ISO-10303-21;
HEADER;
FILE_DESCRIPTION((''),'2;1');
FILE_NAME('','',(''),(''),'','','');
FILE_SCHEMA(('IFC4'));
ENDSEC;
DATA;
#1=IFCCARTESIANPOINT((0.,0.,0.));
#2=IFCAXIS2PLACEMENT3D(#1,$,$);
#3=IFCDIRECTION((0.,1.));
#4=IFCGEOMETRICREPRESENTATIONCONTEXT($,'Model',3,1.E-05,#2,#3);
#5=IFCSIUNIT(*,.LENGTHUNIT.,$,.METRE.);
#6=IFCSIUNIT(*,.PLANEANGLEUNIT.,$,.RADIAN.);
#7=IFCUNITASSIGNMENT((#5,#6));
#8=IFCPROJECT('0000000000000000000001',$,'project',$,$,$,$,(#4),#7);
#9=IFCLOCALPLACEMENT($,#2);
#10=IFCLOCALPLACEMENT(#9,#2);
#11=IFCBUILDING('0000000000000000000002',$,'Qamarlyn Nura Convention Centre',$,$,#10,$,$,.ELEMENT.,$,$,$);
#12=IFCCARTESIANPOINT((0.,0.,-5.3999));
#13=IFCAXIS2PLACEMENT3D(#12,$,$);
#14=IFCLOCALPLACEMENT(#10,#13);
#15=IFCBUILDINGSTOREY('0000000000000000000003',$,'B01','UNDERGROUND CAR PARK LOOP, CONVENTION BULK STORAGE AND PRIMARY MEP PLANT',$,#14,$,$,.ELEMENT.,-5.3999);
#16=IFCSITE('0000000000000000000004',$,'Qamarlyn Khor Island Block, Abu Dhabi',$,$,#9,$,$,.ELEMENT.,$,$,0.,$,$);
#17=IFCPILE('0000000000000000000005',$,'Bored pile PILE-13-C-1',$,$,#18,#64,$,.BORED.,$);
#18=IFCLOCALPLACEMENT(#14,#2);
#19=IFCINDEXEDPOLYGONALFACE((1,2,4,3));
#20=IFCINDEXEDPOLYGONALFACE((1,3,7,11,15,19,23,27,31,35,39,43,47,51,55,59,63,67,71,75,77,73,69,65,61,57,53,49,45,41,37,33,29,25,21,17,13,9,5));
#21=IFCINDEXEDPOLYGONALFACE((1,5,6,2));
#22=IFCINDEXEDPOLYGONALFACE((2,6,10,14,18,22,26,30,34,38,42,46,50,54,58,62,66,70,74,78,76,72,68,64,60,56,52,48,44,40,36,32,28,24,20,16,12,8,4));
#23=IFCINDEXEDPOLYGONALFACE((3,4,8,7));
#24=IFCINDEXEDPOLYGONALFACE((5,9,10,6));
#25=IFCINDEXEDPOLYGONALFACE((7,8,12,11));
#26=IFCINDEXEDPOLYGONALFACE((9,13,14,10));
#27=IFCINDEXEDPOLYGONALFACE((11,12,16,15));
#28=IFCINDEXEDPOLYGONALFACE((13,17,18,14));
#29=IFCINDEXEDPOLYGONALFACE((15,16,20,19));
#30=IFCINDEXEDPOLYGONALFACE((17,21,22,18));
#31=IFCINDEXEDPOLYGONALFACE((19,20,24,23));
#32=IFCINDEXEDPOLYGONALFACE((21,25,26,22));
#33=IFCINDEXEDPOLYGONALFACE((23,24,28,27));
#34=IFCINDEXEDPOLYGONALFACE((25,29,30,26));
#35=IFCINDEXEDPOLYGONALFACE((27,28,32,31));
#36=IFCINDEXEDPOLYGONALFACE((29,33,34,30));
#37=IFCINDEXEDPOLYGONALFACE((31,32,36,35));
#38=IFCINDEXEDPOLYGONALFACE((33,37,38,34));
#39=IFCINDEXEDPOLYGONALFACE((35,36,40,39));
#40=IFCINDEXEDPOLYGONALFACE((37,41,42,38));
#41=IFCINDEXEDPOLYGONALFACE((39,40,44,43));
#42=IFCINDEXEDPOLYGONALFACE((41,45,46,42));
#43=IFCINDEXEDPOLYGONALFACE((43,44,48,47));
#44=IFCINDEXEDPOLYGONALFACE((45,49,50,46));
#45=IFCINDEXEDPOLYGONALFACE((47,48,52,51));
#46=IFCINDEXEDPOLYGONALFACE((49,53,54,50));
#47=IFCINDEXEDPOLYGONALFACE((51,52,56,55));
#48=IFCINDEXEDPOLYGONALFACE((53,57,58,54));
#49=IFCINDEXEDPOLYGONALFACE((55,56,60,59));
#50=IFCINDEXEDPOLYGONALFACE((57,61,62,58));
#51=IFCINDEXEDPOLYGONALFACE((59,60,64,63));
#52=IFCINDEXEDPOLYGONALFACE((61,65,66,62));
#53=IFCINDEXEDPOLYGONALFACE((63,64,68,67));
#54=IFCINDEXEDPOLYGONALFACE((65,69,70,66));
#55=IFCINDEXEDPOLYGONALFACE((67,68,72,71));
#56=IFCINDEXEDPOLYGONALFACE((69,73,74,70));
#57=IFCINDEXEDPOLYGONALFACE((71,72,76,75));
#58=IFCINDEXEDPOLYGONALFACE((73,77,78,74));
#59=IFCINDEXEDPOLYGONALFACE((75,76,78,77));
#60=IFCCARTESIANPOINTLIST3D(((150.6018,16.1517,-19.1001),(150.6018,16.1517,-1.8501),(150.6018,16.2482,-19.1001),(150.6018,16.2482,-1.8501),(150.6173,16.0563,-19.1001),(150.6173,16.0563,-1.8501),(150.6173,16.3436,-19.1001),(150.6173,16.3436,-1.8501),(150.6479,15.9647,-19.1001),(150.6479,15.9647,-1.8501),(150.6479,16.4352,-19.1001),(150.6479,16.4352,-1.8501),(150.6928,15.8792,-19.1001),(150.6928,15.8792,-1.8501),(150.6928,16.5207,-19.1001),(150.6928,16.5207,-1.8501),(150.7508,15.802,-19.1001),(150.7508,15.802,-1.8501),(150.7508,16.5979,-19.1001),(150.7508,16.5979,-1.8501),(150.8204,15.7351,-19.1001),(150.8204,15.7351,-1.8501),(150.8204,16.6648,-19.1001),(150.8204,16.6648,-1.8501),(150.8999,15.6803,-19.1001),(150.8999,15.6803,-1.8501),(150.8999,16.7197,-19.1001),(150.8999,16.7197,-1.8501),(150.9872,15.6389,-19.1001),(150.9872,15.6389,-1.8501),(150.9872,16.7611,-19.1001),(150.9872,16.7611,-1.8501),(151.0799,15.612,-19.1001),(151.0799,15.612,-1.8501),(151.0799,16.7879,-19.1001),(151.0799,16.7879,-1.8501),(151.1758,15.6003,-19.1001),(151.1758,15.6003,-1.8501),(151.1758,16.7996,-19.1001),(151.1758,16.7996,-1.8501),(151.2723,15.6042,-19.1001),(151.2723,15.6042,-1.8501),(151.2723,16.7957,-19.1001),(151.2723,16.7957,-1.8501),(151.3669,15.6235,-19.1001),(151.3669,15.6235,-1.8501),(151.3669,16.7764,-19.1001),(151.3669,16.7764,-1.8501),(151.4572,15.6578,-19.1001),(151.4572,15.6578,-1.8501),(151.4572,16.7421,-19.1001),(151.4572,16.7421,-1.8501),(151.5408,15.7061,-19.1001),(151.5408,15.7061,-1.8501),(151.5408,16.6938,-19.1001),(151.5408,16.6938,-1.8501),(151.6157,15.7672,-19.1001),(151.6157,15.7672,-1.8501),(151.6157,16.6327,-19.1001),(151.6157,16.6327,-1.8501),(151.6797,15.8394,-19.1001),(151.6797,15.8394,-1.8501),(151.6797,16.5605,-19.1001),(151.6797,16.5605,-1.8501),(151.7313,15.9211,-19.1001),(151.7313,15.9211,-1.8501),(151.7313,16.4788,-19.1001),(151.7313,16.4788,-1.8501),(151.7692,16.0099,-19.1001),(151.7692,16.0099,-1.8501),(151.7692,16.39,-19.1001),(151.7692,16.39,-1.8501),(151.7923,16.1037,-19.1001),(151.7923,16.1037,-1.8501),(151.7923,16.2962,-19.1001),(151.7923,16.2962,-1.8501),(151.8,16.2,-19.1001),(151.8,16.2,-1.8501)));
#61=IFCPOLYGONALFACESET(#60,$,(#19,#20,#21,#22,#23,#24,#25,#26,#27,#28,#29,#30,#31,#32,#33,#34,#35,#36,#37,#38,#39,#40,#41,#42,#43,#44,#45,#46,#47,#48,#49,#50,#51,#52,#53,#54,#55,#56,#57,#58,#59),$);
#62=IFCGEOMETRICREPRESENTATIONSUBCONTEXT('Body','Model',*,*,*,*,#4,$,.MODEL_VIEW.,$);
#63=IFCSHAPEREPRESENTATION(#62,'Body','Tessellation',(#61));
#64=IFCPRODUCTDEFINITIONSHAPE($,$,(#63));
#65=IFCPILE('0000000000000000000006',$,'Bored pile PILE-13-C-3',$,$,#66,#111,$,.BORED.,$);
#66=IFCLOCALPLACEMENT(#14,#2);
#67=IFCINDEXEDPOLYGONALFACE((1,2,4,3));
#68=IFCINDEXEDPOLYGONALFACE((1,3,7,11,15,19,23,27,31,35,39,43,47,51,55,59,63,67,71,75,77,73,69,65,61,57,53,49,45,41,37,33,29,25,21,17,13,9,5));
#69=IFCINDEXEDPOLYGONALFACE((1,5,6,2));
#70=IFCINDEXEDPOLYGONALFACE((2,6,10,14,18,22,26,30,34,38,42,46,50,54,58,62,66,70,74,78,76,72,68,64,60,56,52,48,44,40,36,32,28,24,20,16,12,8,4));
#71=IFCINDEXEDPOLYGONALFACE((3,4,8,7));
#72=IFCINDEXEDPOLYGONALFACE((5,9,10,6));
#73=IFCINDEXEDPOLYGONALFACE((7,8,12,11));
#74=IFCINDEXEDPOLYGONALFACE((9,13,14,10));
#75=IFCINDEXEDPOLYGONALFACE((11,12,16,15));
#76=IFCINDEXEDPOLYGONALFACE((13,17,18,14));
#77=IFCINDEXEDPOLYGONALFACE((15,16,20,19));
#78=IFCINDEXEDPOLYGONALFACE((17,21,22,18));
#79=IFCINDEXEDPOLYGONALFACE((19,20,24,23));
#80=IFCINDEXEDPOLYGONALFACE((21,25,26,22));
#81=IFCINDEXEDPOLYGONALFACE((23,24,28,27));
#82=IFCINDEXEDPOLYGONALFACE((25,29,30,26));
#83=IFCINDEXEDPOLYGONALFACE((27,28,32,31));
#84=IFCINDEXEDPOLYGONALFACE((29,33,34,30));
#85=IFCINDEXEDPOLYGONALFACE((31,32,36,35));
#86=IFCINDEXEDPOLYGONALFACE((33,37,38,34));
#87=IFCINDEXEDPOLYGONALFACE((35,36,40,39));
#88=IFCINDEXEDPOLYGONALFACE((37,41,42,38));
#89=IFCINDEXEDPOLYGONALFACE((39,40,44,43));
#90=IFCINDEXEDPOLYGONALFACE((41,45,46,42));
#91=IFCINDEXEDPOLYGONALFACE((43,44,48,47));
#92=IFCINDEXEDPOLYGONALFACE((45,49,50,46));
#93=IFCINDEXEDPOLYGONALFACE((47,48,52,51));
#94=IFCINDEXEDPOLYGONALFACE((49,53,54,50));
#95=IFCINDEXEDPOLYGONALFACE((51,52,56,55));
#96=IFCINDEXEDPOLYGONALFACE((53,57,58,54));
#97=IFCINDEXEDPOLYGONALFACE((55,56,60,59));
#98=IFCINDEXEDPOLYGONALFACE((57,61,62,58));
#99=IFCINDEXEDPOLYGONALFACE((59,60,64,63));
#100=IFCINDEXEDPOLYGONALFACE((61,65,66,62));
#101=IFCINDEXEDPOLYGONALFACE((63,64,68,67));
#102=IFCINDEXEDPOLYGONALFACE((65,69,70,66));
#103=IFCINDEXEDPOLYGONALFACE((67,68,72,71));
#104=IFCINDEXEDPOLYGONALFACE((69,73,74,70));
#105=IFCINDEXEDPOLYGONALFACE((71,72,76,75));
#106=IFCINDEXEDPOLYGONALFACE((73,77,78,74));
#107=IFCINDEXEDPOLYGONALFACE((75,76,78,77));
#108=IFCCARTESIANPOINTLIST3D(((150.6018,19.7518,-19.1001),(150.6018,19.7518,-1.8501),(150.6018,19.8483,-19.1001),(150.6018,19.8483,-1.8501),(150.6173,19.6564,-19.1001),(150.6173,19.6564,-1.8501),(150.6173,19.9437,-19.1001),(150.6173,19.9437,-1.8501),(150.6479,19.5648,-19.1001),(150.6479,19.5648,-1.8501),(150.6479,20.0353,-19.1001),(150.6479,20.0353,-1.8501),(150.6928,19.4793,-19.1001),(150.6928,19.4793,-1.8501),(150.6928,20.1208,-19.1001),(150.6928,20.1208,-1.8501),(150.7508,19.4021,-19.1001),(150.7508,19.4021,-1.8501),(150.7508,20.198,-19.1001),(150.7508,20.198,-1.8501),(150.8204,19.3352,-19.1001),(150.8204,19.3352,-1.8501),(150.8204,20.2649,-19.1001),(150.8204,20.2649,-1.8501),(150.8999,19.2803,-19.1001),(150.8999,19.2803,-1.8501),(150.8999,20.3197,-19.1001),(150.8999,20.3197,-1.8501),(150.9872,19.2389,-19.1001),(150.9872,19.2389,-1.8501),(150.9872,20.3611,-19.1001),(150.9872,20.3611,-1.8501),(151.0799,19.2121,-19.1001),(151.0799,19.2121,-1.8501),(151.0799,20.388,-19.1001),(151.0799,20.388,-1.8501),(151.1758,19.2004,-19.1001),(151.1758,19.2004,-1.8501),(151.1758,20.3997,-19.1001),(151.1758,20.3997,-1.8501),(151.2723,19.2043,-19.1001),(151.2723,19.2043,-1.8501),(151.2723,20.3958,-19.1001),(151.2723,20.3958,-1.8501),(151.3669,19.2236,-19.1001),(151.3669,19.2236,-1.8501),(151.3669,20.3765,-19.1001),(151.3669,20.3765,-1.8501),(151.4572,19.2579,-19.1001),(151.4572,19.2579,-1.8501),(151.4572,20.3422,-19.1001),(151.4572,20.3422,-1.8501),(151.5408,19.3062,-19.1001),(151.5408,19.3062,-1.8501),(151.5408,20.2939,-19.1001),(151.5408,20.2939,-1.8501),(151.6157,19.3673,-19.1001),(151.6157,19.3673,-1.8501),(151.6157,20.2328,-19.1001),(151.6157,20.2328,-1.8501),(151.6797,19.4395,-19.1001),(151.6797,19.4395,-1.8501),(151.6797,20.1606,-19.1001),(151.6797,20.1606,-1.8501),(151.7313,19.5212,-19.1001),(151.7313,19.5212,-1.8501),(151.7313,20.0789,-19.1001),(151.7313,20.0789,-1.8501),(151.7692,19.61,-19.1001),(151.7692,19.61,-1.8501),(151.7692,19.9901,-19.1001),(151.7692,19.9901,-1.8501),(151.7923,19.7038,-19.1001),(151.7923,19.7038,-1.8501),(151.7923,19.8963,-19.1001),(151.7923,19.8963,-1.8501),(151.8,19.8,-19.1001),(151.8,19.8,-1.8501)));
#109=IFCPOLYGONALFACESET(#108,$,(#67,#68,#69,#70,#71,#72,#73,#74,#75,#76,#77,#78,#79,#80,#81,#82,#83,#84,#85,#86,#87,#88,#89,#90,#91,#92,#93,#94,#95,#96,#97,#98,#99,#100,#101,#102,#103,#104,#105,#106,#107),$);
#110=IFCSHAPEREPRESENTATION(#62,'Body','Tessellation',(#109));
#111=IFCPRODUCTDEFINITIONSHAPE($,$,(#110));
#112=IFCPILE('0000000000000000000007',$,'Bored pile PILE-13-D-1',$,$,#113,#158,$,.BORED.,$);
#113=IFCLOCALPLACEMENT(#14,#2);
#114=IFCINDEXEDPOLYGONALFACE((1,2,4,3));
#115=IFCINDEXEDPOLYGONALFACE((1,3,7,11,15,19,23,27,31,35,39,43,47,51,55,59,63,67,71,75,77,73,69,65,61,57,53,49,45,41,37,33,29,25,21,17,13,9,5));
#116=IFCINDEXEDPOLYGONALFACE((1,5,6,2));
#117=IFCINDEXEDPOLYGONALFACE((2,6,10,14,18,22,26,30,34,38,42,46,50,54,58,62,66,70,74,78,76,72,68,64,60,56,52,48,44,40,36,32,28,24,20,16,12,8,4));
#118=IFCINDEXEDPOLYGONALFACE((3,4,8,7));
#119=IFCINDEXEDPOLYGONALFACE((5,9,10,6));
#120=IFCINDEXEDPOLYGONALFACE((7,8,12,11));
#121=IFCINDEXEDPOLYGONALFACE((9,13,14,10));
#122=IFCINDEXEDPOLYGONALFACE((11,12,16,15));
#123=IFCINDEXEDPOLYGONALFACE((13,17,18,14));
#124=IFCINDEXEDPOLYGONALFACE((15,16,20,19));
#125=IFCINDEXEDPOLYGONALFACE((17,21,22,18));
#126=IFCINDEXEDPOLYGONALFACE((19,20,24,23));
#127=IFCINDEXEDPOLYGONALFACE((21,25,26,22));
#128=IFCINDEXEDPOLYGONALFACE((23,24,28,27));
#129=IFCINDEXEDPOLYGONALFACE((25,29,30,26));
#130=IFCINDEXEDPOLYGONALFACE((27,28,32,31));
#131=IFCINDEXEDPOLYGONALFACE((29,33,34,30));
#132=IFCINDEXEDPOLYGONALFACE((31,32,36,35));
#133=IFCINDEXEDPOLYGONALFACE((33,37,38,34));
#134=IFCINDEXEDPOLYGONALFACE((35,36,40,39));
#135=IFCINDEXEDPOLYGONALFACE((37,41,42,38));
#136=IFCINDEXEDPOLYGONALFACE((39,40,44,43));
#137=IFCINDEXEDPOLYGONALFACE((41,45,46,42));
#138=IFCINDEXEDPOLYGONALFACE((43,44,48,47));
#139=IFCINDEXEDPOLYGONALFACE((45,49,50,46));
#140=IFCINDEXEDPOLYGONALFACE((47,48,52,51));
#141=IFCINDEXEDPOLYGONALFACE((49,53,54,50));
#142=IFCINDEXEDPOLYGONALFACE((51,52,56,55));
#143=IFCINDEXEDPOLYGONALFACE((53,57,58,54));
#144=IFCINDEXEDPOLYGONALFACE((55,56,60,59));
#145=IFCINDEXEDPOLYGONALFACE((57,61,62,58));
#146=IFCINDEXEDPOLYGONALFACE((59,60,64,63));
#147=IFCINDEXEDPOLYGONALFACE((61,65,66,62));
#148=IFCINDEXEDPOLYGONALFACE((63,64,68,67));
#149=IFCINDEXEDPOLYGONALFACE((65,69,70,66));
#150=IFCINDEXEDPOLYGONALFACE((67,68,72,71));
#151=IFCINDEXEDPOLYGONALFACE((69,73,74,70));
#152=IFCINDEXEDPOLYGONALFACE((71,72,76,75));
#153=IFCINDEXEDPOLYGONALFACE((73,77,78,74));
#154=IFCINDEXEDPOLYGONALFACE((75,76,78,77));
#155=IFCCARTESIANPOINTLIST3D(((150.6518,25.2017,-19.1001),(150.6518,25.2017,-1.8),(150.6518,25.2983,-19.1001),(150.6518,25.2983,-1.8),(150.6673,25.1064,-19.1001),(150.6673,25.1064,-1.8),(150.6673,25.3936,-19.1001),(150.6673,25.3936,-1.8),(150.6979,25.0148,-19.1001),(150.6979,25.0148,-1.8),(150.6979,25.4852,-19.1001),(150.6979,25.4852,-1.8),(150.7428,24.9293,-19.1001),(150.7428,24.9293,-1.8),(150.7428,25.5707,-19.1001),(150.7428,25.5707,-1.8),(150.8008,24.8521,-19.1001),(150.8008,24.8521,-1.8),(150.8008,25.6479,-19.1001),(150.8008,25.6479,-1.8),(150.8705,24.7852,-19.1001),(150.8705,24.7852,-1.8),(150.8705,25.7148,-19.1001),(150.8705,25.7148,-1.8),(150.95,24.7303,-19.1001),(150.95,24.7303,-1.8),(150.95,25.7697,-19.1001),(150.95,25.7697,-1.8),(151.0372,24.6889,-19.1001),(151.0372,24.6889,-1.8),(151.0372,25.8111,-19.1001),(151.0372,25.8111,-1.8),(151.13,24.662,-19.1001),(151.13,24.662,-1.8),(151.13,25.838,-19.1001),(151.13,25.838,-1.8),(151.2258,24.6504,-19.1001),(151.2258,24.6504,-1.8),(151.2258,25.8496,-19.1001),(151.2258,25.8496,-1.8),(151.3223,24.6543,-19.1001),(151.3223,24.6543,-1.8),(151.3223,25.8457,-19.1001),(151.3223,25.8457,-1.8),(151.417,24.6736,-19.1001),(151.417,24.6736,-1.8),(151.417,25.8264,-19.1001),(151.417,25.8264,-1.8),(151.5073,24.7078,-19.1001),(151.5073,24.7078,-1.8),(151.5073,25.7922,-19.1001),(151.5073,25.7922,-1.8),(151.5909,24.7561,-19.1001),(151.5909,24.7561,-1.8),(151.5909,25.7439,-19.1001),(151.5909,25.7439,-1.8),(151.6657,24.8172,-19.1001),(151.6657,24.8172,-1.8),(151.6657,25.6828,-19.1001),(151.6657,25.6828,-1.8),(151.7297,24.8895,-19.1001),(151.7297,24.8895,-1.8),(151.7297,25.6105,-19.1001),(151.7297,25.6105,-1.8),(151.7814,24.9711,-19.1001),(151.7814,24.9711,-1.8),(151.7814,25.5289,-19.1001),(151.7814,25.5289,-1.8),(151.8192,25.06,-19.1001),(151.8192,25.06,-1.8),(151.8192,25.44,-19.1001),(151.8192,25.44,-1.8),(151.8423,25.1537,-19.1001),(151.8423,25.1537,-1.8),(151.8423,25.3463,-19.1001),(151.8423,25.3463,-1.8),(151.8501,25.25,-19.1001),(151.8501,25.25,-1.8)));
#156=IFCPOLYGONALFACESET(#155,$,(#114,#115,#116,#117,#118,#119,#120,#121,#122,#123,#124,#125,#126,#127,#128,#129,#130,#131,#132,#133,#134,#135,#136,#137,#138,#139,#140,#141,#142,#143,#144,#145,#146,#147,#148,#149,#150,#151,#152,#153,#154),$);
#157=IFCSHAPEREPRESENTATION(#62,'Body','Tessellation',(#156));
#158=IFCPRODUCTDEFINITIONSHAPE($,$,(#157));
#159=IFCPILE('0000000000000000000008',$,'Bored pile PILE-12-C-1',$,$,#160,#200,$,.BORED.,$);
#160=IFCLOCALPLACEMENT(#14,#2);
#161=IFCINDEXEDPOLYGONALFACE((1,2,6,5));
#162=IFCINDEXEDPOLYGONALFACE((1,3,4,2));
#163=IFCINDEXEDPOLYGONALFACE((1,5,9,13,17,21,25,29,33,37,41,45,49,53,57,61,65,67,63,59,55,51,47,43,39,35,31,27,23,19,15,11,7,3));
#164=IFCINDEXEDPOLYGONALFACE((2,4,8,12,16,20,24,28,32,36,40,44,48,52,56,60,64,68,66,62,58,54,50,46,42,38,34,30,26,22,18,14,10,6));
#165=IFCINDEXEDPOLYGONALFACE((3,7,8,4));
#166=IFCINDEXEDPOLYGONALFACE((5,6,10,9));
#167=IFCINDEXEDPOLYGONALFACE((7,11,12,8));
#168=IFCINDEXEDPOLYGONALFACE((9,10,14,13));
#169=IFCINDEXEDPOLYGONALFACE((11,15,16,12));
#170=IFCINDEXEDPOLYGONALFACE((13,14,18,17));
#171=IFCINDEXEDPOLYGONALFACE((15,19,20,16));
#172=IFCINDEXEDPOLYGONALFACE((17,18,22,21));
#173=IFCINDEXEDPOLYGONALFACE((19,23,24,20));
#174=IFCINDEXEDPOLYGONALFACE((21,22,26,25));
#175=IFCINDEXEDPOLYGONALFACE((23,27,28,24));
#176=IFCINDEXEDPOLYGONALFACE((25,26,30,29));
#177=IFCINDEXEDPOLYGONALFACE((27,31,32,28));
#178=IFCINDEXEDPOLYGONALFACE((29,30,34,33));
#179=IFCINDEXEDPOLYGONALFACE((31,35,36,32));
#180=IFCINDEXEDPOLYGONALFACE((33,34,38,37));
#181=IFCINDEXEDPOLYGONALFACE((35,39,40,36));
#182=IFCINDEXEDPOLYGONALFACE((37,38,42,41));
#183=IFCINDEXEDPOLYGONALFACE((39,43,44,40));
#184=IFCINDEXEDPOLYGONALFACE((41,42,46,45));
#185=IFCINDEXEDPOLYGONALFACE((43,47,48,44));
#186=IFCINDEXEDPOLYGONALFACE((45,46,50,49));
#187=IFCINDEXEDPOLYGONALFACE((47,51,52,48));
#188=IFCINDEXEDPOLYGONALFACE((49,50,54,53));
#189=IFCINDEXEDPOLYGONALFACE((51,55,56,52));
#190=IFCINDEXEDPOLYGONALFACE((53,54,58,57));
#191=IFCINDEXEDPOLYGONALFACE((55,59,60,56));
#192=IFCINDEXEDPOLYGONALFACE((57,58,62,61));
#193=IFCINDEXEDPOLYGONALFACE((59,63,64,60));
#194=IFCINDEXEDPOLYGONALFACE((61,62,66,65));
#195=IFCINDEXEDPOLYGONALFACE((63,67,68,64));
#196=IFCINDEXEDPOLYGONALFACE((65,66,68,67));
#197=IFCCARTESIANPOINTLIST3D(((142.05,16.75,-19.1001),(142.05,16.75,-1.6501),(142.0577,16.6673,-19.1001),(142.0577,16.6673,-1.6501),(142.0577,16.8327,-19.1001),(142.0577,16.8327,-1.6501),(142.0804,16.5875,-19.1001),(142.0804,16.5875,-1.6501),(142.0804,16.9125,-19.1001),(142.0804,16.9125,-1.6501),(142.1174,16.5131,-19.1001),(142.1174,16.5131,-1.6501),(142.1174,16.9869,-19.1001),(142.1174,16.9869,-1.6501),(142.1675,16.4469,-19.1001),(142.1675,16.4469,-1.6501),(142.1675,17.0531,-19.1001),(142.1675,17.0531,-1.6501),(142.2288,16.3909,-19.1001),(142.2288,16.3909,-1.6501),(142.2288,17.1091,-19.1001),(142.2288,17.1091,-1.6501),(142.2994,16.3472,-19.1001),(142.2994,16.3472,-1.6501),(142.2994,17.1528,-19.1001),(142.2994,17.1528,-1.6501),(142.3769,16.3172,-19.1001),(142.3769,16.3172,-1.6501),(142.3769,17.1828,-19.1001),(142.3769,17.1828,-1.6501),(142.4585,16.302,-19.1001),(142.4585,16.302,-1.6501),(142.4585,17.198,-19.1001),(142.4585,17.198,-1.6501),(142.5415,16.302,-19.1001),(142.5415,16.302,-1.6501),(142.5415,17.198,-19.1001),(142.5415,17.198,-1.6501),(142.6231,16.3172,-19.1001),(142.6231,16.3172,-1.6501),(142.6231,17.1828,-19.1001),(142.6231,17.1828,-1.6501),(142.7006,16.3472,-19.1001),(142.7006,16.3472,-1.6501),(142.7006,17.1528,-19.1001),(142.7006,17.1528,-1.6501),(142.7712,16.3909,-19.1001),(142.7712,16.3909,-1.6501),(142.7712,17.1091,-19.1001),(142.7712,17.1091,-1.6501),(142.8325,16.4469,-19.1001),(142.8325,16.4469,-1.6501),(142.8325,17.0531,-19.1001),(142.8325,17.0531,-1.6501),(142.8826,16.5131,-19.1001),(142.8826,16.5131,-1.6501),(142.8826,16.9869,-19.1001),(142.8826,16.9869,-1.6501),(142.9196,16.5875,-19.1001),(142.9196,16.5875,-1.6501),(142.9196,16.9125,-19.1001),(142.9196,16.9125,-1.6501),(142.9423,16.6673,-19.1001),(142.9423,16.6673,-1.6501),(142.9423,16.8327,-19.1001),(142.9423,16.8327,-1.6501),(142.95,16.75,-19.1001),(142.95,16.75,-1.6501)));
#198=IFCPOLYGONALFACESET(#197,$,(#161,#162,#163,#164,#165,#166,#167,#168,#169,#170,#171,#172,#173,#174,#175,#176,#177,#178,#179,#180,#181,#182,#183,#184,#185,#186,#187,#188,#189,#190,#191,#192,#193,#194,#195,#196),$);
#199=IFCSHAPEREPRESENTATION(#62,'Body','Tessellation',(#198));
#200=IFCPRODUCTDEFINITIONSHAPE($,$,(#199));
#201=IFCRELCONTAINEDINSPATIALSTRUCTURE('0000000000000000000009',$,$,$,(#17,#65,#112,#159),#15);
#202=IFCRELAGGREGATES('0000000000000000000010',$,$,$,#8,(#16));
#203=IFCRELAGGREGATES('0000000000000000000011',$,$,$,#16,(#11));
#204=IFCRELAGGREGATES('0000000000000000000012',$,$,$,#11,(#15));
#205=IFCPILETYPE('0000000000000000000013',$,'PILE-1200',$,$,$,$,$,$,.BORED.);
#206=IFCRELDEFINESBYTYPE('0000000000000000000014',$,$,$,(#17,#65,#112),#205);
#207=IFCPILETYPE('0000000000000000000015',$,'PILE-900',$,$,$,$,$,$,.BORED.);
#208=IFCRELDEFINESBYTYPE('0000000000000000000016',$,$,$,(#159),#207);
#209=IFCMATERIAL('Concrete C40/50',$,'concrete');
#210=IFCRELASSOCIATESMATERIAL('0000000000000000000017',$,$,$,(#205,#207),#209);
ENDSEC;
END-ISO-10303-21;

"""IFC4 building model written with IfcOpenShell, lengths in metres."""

from ifc_helpers import new_model, si_unit, direction, frame, origin, origin_2d, place, context, subcontext, project, spatial, circle, extrude, material, material_profile, profile_set, type_object, element, save


model = new_model("IFC4")

# Units and contexts
model_context = context("Model", 3, precision=1e-05, world=origin(), true_north=direction((0.0, 1.0)))
body_context = subcontext(model_context, "Body", "Model", "MODEL_VIEW")
ifc_project = project(units=[si_unit("LENGTHUNIT", "METRE"), si_unit("PLANEANGLEUNIT", "RADIAN")], contexts=[model_context])

# Site, building, storey
site_placement = place(None, origin())
site = spatial("IfcSite", under=ifc_project, at=site_placement, Name="Qamarlyn Khor Island Block, Abu Dhabi", CompositionType="ELEMENT", RefElevation=0.0)
building_placement = place(site_placement, origin())
building = spatial("IfcBuilding", under=site, at=building_placement, Name="Qamarlyn Nura Convention Centre", CompositionType="ELEMENT")
storey_placement = place(building_placement, frame((0.0, 0.0, -5.3999)))
storey = spatial("IfcBuildingStorey", under=building, at=storey_placement, Name="B01", Description="UNDERGROUND CAR PARK LOOP, CONVENTION BULK STORAGE AND PRIMARY MEP PLANT", CompositionType="ELEMENT", Elevation=-5.3999)

# Shared definitions
ifc_material_1 = material(Name="Concrete C40/50", Category="concrete")

# Piles
ifc_material_profile_1 = material_profile(ifc_material_1, circle(Radius=0.6001, at=origin_2d()), Name="BORED PILE 1200")
ifc_profile_set_1 = profile_set([ifc_material_profile_1], Name="Concrete C40/50")
pile_type_1 = type_object("IfcPileType", Name="PILE-1200", PredefinedType="BORED", material=ifc_profile_set_1)
for number, where, z_axis, x_axis, name in (
    (1, (151.2, 16.2, -1.8501), (0.0, 0.0, -1.0), (1.0, 0.0, 0.0), "Bored pile PILE-13-C-1"),
    (2, (151.2, 19.8, -1.8501), (0.0, 0.0, -1.0), (1.0, 0.0, 0.0), "Bored pile PILE-13-C-3"),
):
    element("IfcPile", number, at=place(storey_placement, frame(where, z_axis=z_axis, x_axis=x_axis)), inside=storey, type_object=pile_type_1, Name=name, PredefinedType="BORED", context=body_context, shape_type="SweptSolid", body=[
        extrude(circle(Radius=0.6001, at=origin_2d()), origin(), (0.0, 0.0, 1.0), 17.25),
    ])
pile_placement = place(storey_placement, frame((151.25, 25.25, -1.8), z_axis=(0.0, 0.0, -1.0), x_axis=(1.0, 0.0, 0.0)))
element("IfcPile", 3, at=pile_placement, inside=storey, type_object=pile_type_1, Name="Bored pile PILE-13-D-1", PredefinedType="BORED", context=body_context, shape_type="SweptSolid", body=[
    extrude(circle(Radius=0.6001, at=origin_2d()), origin(), (0.0, 0.0, 1.0), 17.3),
])
ifc_material_profile_2 = material_profile(ifc_material_1, circle(Radius=0.45, at=origin_2d()), Name="BORED PILE 900")
ifc_profile_set_2 = profile_set([ifc_material_profile_2], Name="Concrete C40/50")
pile_type_2 = type_object("IfcPileType", Name="PILE-900", PredefinedType="BORED", material=ifc_profile_set_2)
for number, where, z_axis, x_axis, name in (
    (4, (142.5, 16.75, -1.6501), (0.0, 0.0, -1.0), (1.0, 0.0, 0.0), "Bored pile PILE-12-C-1"),
):
    element("IfcPile", number, at=place(storey_placement, frame(where, z_axis=z_axis, x_axis=x_axis)), inside=storey, type_object=pile_type_2, Name=name, PredefinedType="BORED", context=body_context, shape_type="SweptSolid", body=[
        extrude(circle(Radius=0.45, at=origin_2d()), origin(), (0.0, 0.0, 1.0), 17.45),
    ])

save(model, "model.ifc")
